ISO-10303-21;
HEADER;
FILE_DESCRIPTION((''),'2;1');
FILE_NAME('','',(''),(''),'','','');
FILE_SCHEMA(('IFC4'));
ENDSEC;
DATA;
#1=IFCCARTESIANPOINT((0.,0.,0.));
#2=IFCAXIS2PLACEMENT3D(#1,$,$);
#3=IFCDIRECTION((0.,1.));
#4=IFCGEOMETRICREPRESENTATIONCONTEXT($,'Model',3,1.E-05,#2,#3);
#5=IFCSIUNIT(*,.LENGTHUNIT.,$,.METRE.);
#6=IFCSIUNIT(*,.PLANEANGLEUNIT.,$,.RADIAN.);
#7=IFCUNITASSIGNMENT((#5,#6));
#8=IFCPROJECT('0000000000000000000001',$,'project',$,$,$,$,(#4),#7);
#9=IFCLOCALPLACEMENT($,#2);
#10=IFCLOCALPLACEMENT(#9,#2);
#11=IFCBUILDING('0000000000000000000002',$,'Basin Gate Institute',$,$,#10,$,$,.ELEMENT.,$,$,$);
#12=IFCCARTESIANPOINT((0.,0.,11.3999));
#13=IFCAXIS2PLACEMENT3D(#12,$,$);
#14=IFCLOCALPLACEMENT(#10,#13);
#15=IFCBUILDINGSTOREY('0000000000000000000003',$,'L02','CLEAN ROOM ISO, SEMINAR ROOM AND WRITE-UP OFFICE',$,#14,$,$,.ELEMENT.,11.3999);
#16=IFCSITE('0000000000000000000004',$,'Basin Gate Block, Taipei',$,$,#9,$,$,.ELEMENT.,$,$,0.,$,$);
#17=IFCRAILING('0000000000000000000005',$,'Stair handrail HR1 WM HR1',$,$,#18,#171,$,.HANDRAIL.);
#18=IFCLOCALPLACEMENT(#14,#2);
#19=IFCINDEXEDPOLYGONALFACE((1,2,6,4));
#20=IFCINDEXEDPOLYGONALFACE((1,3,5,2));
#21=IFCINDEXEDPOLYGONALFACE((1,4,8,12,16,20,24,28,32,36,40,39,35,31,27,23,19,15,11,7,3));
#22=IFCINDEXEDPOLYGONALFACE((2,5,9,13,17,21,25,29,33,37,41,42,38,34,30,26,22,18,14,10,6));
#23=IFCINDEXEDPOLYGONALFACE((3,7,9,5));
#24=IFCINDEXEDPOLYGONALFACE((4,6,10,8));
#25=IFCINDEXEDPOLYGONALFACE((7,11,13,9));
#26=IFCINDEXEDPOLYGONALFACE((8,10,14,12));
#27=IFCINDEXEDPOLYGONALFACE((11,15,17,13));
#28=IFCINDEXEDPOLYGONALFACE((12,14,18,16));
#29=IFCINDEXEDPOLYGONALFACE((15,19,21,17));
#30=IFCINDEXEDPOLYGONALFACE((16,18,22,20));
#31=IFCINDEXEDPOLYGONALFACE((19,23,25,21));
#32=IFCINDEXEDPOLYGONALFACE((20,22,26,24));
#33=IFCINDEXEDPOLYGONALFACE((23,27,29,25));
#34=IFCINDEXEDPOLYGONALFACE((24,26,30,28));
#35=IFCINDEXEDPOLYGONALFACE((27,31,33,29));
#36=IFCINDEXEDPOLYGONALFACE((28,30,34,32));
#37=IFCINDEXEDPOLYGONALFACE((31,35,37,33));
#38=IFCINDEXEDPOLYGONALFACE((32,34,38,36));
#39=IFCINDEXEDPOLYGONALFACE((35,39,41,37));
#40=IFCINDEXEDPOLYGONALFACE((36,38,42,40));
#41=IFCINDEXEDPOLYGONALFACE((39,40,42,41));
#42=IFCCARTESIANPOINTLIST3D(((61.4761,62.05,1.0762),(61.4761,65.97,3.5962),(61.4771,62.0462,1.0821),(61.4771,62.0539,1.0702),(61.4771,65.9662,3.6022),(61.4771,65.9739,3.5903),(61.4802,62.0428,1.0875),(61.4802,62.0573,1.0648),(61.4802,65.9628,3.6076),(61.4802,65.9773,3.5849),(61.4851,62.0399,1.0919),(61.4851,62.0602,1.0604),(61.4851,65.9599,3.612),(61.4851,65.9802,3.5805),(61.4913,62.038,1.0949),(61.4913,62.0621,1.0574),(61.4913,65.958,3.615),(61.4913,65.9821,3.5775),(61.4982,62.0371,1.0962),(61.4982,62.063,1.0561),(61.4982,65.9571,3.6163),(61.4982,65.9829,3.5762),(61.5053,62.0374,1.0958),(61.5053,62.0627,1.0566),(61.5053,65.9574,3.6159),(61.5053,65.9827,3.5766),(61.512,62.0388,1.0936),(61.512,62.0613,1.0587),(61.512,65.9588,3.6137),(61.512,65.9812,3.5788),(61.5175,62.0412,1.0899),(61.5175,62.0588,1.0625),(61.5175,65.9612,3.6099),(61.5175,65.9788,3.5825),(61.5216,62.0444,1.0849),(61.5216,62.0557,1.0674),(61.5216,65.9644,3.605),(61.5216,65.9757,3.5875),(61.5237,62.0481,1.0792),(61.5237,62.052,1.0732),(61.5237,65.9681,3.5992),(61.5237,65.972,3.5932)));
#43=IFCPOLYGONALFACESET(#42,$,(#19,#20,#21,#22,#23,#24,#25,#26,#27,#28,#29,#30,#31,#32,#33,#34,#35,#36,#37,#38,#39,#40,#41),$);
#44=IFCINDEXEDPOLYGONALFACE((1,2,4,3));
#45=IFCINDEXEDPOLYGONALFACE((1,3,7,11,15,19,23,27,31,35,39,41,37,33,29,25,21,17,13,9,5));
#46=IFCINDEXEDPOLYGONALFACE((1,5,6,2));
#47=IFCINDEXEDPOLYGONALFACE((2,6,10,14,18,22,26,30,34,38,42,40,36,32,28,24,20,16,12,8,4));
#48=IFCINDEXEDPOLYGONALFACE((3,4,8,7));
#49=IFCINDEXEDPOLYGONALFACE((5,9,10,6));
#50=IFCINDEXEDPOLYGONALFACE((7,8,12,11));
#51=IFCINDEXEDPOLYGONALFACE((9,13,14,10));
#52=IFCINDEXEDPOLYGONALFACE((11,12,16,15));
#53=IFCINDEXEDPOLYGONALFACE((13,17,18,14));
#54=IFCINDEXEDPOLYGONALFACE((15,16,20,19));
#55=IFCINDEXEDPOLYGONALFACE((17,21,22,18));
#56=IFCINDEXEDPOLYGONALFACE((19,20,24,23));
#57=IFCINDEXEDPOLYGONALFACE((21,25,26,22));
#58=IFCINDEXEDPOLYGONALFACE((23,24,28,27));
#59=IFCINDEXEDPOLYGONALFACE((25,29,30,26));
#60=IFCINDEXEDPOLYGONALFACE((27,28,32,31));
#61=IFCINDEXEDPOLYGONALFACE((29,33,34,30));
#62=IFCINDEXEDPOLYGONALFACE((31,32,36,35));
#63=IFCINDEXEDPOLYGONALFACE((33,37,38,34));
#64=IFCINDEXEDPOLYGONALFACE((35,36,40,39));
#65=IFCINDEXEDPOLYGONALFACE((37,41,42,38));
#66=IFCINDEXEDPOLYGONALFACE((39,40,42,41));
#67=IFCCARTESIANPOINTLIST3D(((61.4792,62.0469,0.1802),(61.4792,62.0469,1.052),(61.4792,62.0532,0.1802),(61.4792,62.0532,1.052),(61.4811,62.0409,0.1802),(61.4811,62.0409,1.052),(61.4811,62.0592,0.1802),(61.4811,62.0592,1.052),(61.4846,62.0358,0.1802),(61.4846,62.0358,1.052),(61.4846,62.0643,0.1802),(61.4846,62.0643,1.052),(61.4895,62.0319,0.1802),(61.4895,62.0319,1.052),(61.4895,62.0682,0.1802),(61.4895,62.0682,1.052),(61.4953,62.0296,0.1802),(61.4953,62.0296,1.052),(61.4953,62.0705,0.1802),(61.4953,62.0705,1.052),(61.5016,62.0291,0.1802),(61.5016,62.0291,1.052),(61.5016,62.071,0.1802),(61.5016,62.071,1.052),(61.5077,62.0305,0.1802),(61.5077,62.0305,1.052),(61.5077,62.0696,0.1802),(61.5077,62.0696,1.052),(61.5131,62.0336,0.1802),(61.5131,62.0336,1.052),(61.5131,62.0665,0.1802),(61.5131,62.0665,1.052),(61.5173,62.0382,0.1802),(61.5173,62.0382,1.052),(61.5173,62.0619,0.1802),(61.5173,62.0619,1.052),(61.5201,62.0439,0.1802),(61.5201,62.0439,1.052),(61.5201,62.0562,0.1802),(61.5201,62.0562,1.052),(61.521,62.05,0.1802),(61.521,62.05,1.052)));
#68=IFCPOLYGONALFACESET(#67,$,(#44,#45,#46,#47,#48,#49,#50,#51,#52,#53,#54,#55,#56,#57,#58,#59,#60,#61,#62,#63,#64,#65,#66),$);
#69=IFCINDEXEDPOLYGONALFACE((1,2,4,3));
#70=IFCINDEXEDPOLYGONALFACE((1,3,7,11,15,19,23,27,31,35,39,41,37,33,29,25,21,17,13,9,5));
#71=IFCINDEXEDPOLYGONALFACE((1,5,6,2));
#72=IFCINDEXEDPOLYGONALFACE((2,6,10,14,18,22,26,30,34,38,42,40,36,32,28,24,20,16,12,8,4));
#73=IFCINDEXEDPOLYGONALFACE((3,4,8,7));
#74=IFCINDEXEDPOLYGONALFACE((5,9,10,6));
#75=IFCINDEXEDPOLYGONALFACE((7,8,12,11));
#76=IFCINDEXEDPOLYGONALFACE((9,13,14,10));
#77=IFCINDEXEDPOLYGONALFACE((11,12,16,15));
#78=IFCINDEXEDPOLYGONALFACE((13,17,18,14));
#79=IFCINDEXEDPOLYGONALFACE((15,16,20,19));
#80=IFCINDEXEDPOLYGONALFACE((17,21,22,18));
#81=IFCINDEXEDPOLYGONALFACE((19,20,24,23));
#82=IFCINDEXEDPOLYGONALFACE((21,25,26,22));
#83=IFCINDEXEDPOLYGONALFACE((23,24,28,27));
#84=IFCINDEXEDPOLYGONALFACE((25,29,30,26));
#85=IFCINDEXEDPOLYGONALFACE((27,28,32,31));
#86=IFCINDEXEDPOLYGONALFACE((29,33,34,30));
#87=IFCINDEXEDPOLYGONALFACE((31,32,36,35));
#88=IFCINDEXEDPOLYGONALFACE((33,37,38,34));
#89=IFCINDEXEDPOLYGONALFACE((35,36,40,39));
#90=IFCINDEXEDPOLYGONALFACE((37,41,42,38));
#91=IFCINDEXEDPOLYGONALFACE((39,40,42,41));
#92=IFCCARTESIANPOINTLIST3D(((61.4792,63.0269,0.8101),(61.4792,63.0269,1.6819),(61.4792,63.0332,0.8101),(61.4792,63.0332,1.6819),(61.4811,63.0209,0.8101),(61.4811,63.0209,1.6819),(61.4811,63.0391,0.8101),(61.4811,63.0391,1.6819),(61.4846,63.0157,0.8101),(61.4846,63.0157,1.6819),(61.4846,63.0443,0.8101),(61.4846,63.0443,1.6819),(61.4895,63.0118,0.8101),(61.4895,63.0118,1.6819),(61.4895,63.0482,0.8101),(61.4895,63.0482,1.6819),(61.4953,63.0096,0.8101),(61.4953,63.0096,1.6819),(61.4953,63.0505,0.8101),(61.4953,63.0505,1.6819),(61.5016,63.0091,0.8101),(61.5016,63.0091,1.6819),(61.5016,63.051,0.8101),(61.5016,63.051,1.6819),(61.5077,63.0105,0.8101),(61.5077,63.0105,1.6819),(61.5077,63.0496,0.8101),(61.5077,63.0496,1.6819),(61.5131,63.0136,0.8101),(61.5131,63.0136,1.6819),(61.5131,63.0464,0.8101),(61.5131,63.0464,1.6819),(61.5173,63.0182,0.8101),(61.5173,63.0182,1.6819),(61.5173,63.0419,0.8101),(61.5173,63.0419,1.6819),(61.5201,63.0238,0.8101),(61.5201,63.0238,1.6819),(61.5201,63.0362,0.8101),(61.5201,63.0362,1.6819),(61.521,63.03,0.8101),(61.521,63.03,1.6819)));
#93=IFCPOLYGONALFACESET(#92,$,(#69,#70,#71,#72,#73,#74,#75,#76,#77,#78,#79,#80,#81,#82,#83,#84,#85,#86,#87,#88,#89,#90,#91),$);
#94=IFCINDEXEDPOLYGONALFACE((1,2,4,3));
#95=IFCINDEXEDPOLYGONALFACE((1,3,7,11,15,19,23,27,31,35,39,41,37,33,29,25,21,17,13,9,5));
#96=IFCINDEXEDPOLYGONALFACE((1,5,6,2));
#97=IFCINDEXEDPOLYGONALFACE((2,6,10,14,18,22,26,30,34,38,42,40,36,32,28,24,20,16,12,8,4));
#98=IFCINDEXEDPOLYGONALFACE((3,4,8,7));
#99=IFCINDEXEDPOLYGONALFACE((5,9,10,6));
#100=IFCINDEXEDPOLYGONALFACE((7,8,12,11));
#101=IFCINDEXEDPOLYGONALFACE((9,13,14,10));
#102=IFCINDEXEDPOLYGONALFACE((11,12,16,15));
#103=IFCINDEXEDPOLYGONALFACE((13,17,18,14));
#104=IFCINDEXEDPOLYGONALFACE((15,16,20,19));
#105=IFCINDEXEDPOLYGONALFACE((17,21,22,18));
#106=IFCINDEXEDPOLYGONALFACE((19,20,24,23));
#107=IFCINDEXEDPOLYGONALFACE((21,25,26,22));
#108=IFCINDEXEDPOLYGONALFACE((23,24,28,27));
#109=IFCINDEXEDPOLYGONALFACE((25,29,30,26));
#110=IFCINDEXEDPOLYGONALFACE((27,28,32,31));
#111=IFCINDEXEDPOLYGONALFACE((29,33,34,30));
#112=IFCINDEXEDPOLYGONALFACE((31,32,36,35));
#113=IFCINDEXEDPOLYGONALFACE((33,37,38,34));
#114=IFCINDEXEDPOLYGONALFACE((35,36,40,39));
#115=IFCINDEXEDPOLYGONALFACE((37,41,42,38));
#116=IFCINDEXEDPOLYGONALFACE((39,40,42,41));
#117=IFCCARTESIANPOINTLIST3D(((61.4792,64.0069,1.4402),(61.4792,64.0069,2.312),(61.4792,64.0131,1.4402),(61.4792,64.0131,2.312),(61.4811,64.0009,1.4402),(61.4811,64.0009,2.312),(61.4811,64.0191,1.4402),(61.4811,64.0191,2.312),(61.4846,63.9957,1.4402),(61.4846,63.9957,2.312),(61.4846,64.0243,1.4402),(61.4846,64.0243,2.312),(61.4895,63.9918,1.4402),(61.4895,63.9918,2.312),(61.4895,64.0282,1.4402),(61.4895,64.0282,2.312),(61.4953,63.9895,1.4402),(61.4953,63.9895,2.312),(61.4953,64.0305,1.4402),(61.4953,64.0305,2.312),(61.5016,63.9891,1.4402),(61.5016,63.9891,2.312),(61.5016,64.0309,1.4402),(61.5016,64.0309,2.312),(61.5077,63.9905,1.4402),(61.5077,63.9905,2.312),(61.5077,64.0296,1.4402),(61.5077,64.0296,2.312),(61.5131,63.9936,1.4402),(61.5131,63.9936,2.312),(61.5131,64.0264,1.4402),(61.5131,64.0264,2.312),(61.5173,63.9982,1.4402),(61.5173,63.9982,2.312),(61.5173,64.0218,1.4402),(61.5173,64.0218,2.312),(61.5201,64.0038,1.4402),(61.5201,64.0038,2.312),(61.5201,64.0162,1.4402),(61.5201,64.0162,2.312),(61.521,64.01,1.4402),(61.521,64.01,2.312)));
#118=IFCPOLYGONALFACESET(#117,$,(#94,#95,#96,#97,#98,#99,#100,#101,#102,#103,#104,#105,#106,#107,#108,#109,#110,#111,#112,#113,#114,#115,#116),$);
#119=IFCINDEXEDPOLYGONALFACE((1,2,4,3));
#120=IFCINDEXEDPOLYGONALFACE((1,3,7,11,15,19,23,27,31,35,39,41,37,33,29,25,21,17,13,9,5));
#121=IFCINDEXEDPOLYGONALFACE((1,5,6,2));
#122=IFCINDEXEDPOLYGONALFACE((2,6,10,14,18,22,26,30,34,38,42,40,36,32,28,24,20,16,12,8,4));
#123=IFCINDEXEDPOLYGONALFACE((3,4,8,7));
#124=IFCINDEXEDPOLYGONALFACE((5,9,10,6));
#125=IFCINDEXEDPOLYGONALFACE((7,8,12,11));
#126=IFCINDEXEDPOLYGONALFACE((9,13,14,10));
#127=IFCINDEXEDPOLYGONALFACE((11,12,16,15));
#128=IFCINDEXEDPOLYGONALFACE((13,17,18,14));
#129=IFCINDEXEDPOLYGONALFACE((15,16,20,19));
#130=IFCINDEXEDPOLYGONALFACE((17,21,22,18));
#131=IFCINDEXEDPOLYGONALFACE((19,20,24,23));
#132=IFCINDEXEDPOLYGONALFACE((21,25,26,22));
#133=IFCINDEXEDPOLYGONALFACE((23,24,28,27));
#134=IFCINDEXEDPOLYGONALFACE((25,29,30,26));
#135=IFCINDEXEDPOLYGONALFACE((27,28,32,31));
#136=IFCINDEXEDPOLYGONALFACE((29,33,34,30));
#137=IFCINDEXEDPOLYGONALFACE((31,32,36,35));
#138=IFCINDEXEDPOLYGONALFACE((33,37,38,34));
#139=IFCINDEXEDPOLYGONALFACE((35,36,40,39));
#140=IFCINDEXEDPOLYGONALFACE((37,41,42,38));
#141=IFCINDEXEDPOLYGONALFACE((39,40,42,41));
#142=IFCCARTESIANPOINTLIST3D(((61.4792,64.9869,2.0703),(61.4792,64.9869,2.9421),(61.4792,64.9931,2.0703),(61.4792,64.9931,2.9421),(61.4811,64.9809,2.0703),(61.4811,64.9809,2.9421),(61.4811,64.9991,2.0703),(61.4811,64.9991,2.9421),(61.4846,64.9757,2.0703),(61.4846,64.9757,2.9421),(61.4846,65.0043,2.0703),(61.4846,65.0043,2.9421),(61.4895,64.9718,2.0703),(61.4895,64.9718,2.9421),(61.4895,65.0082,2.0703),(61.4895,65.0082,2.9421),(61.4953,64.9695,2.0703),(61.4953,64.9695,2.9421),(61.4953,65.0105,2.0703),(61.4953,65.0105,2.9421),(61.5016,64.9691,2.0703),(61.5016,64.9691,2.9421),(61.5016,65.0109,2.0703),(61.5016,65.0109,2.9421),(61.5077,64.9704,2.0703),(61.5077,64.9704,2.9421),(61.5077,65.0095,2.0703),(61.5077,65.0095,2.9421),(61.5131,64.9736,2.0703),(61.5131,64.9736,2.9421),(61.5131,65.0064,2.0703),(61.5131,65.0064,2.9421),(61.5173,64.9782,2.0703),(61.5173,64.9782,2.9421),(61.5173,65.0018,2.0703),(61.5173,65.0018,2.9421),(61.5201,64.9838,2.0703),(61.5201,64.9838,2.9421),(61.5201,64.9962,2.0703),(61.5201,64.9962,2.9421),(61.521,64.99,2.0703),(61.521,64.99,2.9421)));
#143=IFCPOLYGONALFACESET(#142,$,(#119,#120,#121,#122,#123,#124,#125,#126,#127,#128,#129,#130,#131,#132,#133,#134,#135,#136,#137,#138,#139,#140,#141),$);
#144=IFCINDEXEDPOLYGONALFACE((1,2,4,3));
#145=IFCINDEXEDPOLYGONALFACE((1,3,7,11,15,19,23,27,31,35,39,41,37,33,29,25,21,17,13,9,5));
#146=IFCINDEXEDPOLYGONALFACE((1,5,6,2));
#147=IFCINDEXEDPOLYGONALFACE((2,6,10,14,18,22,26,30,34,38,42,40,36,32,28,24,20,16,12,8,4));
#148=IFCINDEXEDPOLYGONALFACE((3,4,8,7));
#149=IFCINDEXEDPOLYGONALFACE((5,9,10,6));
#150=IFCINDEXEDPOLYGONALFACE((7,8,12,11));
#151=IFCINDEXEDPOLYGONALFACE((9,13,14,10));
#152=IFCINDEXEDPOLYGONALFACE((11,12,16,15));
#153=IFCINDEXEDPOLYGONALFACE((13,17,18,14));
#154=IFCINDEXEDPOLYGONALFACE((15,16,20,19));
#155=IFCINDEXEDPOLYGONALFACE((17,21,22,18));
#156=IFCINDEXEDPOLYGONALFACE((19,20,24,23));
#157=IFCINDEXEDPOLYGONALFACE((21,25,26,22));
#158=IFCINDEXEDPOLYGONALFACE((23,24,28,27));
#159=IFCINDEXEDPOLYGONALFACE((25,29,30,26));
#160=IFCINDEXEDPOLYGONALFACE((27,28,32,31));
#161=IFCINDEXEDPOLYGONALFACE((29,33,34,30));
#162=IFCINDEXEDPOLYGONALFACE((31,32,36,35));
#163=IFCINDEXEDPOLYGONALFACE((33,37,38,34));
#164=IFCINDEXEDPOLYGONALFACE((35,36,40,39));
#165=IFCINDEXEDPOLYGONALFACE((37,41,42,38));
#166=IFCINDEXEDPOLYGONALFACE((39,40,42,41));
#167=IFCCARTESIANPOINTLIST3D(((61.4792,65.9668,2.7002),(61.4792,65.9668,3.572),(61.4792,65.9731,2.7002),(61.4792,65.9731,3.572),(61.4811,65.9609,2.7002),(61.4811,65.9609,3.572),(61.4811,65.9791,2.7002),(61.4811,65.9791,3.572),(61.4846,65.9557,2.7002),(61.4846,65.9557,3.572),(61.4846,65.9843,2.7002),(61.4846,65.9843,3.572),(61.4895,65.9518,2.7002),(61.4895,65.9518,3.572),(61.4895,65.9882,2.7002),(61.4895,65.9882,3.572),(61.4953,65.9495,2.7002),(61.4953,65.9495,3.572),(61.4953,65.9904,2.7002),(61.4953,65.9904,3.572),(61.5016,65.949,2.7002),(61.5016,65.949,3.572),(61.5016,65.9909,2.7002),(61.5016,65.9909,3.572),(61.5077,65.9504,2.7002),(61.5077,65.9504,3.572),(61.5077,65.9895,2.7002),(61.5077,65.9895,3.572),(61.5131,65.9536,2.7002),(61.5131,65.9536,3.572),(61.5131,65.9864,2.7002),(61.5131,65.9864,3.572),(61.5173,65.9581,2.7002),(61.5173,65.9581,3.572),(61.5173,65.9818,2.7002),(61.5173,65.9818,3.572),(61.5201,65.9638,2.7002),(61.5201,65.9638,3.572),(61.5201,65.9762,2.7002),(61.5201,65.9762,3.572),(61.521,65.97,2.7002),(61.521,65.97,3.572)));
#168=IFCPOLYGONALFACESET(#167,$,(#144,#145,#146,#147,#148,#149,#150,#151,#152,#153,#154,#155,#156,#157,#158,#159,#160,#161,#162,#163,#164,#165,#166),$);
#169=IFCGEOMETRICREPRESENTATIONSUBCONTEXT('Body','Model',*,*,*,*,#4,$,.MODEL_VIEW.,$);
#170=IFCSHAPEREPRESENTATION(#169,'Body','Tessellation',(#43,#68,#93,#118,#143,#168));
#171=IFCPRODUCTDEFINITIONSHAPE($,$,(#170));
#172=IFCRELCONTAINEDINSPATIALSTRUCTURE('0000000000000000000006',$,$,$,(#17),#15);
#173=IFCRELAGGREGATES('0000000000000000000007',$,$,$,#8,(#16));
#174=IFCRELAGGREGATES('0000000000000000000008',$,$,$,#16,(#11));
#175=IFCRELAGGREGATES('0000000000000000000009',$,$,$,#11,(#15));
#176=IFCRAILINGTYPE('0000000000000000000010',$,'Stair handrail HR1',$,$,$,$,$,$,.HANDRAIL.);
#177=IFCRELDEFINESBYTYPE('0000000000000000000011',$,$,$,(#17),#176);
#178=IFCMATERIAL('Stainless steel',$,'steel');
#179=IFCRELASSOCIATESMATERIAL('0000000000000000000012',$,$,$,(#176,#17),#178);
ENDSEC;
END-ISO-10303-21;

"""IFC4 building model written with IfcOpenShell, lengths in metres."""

from ifc_helpers import new_model, si_unit, direction, frame, origin, origin_2d, place, context, subcontext, project, spatial, circle, extrude, material, type_object, element, save


model = new_model("IFC4")

# Units and contexts
model_context = context("Model", 3, precision=1e-05, world=origin(), true_north=direction((0.0, 1.0)))
body_context = subcontext(model_context, "Body", "Model", "MODEL_VIEW")
ifc_project = project(units=[si_unit("LENGTHUNIT", "METRE"), si_unit("PLANEANGLEUNIT", "RADIAN")], contexts=[model_context])

# Site, building, storey
site_placement = place(None, origin())
site = spatial("IfcSite", under=ifc_project, at=site_placement, Name="Basin Gate Block, Taipei", CompositionType="ELEMENT", RefElevation=0.0)
building_placement = place(site_placement, origin())
building = spatial("IfcBuilding", under=site, at=building_placement, Name="Basin Gate Institute", CompositionType="ELEMENT")
storey_placement = place(building_placement, frame((0.0, 0.0, 11.3999)))
storey = spatial("IfcBuildingStorey", under=building, at=storey_placement, Name="L02", Description="CLEAN ROOM ISO, SEMINAR ROOM AND WRITE-UP OFFICE", CompositionType="ELEMENT", Elevation=11.3999)

# Railing
ifc_material_1 = material(Name="Stainless steel", Category="steel")
railing_type_1 = type_object("IfcRailingType", Name="Stair handrail HR1", PredefinedType="HANDRAIL", material=ifc_material_1)
for number, where, name in (
    (1, (61.5, 62.05, 0.1802), "Stair handrail HR1 WM HR1"),
):
    element("IfcRailing", number, at=place(storey_placement, frame(where)), inside=storey, type_object=railing_type_1, material=ifc_material_1, Name=name, PredefinedType="HANDRAIL", context=body_context, shape_type="SweptSolid", body=[
        extrude(circle(Radius=0.0239, at=origin_2d()), frame((0.0, 0.0, 0.896), z_axis=(0.0, 0.841172, 0.540768), x_axis=(-1.0, 0.0, 0.0)), (0.0, 0.0, 1.0), 4.6602),
        extrude(circle(Radius=0.021, at=origin_2d()), origin(), (0.0, 0.0, 1.0), 0.8718),
        extrude(circle(Radius=0.021, at=origin_2d()), frame((0.0, 0.98, 0.6299)), (0.0, 0.0, 1.0), 0.8718),
        extrude(circle(Radius=0.021, at=origin_2d()), frame((0.0, 1.96, 1.26)), (0.0, 0.0, 1.0), 0.8718),
        extrude(circle(Radius=0.021, at=origin_2d()), frame((0.0, 2.9399, 1.8901)), (0.0, 0.0, 1.0), 0.8718),
        extrude(circle(Radius=0.021, at=origin_2d()), frame((0.0, 3.9199, 2.52)), (0.0, 0.0, 1.0), 0.8718),
    ])

save(model, "model.ifc")
